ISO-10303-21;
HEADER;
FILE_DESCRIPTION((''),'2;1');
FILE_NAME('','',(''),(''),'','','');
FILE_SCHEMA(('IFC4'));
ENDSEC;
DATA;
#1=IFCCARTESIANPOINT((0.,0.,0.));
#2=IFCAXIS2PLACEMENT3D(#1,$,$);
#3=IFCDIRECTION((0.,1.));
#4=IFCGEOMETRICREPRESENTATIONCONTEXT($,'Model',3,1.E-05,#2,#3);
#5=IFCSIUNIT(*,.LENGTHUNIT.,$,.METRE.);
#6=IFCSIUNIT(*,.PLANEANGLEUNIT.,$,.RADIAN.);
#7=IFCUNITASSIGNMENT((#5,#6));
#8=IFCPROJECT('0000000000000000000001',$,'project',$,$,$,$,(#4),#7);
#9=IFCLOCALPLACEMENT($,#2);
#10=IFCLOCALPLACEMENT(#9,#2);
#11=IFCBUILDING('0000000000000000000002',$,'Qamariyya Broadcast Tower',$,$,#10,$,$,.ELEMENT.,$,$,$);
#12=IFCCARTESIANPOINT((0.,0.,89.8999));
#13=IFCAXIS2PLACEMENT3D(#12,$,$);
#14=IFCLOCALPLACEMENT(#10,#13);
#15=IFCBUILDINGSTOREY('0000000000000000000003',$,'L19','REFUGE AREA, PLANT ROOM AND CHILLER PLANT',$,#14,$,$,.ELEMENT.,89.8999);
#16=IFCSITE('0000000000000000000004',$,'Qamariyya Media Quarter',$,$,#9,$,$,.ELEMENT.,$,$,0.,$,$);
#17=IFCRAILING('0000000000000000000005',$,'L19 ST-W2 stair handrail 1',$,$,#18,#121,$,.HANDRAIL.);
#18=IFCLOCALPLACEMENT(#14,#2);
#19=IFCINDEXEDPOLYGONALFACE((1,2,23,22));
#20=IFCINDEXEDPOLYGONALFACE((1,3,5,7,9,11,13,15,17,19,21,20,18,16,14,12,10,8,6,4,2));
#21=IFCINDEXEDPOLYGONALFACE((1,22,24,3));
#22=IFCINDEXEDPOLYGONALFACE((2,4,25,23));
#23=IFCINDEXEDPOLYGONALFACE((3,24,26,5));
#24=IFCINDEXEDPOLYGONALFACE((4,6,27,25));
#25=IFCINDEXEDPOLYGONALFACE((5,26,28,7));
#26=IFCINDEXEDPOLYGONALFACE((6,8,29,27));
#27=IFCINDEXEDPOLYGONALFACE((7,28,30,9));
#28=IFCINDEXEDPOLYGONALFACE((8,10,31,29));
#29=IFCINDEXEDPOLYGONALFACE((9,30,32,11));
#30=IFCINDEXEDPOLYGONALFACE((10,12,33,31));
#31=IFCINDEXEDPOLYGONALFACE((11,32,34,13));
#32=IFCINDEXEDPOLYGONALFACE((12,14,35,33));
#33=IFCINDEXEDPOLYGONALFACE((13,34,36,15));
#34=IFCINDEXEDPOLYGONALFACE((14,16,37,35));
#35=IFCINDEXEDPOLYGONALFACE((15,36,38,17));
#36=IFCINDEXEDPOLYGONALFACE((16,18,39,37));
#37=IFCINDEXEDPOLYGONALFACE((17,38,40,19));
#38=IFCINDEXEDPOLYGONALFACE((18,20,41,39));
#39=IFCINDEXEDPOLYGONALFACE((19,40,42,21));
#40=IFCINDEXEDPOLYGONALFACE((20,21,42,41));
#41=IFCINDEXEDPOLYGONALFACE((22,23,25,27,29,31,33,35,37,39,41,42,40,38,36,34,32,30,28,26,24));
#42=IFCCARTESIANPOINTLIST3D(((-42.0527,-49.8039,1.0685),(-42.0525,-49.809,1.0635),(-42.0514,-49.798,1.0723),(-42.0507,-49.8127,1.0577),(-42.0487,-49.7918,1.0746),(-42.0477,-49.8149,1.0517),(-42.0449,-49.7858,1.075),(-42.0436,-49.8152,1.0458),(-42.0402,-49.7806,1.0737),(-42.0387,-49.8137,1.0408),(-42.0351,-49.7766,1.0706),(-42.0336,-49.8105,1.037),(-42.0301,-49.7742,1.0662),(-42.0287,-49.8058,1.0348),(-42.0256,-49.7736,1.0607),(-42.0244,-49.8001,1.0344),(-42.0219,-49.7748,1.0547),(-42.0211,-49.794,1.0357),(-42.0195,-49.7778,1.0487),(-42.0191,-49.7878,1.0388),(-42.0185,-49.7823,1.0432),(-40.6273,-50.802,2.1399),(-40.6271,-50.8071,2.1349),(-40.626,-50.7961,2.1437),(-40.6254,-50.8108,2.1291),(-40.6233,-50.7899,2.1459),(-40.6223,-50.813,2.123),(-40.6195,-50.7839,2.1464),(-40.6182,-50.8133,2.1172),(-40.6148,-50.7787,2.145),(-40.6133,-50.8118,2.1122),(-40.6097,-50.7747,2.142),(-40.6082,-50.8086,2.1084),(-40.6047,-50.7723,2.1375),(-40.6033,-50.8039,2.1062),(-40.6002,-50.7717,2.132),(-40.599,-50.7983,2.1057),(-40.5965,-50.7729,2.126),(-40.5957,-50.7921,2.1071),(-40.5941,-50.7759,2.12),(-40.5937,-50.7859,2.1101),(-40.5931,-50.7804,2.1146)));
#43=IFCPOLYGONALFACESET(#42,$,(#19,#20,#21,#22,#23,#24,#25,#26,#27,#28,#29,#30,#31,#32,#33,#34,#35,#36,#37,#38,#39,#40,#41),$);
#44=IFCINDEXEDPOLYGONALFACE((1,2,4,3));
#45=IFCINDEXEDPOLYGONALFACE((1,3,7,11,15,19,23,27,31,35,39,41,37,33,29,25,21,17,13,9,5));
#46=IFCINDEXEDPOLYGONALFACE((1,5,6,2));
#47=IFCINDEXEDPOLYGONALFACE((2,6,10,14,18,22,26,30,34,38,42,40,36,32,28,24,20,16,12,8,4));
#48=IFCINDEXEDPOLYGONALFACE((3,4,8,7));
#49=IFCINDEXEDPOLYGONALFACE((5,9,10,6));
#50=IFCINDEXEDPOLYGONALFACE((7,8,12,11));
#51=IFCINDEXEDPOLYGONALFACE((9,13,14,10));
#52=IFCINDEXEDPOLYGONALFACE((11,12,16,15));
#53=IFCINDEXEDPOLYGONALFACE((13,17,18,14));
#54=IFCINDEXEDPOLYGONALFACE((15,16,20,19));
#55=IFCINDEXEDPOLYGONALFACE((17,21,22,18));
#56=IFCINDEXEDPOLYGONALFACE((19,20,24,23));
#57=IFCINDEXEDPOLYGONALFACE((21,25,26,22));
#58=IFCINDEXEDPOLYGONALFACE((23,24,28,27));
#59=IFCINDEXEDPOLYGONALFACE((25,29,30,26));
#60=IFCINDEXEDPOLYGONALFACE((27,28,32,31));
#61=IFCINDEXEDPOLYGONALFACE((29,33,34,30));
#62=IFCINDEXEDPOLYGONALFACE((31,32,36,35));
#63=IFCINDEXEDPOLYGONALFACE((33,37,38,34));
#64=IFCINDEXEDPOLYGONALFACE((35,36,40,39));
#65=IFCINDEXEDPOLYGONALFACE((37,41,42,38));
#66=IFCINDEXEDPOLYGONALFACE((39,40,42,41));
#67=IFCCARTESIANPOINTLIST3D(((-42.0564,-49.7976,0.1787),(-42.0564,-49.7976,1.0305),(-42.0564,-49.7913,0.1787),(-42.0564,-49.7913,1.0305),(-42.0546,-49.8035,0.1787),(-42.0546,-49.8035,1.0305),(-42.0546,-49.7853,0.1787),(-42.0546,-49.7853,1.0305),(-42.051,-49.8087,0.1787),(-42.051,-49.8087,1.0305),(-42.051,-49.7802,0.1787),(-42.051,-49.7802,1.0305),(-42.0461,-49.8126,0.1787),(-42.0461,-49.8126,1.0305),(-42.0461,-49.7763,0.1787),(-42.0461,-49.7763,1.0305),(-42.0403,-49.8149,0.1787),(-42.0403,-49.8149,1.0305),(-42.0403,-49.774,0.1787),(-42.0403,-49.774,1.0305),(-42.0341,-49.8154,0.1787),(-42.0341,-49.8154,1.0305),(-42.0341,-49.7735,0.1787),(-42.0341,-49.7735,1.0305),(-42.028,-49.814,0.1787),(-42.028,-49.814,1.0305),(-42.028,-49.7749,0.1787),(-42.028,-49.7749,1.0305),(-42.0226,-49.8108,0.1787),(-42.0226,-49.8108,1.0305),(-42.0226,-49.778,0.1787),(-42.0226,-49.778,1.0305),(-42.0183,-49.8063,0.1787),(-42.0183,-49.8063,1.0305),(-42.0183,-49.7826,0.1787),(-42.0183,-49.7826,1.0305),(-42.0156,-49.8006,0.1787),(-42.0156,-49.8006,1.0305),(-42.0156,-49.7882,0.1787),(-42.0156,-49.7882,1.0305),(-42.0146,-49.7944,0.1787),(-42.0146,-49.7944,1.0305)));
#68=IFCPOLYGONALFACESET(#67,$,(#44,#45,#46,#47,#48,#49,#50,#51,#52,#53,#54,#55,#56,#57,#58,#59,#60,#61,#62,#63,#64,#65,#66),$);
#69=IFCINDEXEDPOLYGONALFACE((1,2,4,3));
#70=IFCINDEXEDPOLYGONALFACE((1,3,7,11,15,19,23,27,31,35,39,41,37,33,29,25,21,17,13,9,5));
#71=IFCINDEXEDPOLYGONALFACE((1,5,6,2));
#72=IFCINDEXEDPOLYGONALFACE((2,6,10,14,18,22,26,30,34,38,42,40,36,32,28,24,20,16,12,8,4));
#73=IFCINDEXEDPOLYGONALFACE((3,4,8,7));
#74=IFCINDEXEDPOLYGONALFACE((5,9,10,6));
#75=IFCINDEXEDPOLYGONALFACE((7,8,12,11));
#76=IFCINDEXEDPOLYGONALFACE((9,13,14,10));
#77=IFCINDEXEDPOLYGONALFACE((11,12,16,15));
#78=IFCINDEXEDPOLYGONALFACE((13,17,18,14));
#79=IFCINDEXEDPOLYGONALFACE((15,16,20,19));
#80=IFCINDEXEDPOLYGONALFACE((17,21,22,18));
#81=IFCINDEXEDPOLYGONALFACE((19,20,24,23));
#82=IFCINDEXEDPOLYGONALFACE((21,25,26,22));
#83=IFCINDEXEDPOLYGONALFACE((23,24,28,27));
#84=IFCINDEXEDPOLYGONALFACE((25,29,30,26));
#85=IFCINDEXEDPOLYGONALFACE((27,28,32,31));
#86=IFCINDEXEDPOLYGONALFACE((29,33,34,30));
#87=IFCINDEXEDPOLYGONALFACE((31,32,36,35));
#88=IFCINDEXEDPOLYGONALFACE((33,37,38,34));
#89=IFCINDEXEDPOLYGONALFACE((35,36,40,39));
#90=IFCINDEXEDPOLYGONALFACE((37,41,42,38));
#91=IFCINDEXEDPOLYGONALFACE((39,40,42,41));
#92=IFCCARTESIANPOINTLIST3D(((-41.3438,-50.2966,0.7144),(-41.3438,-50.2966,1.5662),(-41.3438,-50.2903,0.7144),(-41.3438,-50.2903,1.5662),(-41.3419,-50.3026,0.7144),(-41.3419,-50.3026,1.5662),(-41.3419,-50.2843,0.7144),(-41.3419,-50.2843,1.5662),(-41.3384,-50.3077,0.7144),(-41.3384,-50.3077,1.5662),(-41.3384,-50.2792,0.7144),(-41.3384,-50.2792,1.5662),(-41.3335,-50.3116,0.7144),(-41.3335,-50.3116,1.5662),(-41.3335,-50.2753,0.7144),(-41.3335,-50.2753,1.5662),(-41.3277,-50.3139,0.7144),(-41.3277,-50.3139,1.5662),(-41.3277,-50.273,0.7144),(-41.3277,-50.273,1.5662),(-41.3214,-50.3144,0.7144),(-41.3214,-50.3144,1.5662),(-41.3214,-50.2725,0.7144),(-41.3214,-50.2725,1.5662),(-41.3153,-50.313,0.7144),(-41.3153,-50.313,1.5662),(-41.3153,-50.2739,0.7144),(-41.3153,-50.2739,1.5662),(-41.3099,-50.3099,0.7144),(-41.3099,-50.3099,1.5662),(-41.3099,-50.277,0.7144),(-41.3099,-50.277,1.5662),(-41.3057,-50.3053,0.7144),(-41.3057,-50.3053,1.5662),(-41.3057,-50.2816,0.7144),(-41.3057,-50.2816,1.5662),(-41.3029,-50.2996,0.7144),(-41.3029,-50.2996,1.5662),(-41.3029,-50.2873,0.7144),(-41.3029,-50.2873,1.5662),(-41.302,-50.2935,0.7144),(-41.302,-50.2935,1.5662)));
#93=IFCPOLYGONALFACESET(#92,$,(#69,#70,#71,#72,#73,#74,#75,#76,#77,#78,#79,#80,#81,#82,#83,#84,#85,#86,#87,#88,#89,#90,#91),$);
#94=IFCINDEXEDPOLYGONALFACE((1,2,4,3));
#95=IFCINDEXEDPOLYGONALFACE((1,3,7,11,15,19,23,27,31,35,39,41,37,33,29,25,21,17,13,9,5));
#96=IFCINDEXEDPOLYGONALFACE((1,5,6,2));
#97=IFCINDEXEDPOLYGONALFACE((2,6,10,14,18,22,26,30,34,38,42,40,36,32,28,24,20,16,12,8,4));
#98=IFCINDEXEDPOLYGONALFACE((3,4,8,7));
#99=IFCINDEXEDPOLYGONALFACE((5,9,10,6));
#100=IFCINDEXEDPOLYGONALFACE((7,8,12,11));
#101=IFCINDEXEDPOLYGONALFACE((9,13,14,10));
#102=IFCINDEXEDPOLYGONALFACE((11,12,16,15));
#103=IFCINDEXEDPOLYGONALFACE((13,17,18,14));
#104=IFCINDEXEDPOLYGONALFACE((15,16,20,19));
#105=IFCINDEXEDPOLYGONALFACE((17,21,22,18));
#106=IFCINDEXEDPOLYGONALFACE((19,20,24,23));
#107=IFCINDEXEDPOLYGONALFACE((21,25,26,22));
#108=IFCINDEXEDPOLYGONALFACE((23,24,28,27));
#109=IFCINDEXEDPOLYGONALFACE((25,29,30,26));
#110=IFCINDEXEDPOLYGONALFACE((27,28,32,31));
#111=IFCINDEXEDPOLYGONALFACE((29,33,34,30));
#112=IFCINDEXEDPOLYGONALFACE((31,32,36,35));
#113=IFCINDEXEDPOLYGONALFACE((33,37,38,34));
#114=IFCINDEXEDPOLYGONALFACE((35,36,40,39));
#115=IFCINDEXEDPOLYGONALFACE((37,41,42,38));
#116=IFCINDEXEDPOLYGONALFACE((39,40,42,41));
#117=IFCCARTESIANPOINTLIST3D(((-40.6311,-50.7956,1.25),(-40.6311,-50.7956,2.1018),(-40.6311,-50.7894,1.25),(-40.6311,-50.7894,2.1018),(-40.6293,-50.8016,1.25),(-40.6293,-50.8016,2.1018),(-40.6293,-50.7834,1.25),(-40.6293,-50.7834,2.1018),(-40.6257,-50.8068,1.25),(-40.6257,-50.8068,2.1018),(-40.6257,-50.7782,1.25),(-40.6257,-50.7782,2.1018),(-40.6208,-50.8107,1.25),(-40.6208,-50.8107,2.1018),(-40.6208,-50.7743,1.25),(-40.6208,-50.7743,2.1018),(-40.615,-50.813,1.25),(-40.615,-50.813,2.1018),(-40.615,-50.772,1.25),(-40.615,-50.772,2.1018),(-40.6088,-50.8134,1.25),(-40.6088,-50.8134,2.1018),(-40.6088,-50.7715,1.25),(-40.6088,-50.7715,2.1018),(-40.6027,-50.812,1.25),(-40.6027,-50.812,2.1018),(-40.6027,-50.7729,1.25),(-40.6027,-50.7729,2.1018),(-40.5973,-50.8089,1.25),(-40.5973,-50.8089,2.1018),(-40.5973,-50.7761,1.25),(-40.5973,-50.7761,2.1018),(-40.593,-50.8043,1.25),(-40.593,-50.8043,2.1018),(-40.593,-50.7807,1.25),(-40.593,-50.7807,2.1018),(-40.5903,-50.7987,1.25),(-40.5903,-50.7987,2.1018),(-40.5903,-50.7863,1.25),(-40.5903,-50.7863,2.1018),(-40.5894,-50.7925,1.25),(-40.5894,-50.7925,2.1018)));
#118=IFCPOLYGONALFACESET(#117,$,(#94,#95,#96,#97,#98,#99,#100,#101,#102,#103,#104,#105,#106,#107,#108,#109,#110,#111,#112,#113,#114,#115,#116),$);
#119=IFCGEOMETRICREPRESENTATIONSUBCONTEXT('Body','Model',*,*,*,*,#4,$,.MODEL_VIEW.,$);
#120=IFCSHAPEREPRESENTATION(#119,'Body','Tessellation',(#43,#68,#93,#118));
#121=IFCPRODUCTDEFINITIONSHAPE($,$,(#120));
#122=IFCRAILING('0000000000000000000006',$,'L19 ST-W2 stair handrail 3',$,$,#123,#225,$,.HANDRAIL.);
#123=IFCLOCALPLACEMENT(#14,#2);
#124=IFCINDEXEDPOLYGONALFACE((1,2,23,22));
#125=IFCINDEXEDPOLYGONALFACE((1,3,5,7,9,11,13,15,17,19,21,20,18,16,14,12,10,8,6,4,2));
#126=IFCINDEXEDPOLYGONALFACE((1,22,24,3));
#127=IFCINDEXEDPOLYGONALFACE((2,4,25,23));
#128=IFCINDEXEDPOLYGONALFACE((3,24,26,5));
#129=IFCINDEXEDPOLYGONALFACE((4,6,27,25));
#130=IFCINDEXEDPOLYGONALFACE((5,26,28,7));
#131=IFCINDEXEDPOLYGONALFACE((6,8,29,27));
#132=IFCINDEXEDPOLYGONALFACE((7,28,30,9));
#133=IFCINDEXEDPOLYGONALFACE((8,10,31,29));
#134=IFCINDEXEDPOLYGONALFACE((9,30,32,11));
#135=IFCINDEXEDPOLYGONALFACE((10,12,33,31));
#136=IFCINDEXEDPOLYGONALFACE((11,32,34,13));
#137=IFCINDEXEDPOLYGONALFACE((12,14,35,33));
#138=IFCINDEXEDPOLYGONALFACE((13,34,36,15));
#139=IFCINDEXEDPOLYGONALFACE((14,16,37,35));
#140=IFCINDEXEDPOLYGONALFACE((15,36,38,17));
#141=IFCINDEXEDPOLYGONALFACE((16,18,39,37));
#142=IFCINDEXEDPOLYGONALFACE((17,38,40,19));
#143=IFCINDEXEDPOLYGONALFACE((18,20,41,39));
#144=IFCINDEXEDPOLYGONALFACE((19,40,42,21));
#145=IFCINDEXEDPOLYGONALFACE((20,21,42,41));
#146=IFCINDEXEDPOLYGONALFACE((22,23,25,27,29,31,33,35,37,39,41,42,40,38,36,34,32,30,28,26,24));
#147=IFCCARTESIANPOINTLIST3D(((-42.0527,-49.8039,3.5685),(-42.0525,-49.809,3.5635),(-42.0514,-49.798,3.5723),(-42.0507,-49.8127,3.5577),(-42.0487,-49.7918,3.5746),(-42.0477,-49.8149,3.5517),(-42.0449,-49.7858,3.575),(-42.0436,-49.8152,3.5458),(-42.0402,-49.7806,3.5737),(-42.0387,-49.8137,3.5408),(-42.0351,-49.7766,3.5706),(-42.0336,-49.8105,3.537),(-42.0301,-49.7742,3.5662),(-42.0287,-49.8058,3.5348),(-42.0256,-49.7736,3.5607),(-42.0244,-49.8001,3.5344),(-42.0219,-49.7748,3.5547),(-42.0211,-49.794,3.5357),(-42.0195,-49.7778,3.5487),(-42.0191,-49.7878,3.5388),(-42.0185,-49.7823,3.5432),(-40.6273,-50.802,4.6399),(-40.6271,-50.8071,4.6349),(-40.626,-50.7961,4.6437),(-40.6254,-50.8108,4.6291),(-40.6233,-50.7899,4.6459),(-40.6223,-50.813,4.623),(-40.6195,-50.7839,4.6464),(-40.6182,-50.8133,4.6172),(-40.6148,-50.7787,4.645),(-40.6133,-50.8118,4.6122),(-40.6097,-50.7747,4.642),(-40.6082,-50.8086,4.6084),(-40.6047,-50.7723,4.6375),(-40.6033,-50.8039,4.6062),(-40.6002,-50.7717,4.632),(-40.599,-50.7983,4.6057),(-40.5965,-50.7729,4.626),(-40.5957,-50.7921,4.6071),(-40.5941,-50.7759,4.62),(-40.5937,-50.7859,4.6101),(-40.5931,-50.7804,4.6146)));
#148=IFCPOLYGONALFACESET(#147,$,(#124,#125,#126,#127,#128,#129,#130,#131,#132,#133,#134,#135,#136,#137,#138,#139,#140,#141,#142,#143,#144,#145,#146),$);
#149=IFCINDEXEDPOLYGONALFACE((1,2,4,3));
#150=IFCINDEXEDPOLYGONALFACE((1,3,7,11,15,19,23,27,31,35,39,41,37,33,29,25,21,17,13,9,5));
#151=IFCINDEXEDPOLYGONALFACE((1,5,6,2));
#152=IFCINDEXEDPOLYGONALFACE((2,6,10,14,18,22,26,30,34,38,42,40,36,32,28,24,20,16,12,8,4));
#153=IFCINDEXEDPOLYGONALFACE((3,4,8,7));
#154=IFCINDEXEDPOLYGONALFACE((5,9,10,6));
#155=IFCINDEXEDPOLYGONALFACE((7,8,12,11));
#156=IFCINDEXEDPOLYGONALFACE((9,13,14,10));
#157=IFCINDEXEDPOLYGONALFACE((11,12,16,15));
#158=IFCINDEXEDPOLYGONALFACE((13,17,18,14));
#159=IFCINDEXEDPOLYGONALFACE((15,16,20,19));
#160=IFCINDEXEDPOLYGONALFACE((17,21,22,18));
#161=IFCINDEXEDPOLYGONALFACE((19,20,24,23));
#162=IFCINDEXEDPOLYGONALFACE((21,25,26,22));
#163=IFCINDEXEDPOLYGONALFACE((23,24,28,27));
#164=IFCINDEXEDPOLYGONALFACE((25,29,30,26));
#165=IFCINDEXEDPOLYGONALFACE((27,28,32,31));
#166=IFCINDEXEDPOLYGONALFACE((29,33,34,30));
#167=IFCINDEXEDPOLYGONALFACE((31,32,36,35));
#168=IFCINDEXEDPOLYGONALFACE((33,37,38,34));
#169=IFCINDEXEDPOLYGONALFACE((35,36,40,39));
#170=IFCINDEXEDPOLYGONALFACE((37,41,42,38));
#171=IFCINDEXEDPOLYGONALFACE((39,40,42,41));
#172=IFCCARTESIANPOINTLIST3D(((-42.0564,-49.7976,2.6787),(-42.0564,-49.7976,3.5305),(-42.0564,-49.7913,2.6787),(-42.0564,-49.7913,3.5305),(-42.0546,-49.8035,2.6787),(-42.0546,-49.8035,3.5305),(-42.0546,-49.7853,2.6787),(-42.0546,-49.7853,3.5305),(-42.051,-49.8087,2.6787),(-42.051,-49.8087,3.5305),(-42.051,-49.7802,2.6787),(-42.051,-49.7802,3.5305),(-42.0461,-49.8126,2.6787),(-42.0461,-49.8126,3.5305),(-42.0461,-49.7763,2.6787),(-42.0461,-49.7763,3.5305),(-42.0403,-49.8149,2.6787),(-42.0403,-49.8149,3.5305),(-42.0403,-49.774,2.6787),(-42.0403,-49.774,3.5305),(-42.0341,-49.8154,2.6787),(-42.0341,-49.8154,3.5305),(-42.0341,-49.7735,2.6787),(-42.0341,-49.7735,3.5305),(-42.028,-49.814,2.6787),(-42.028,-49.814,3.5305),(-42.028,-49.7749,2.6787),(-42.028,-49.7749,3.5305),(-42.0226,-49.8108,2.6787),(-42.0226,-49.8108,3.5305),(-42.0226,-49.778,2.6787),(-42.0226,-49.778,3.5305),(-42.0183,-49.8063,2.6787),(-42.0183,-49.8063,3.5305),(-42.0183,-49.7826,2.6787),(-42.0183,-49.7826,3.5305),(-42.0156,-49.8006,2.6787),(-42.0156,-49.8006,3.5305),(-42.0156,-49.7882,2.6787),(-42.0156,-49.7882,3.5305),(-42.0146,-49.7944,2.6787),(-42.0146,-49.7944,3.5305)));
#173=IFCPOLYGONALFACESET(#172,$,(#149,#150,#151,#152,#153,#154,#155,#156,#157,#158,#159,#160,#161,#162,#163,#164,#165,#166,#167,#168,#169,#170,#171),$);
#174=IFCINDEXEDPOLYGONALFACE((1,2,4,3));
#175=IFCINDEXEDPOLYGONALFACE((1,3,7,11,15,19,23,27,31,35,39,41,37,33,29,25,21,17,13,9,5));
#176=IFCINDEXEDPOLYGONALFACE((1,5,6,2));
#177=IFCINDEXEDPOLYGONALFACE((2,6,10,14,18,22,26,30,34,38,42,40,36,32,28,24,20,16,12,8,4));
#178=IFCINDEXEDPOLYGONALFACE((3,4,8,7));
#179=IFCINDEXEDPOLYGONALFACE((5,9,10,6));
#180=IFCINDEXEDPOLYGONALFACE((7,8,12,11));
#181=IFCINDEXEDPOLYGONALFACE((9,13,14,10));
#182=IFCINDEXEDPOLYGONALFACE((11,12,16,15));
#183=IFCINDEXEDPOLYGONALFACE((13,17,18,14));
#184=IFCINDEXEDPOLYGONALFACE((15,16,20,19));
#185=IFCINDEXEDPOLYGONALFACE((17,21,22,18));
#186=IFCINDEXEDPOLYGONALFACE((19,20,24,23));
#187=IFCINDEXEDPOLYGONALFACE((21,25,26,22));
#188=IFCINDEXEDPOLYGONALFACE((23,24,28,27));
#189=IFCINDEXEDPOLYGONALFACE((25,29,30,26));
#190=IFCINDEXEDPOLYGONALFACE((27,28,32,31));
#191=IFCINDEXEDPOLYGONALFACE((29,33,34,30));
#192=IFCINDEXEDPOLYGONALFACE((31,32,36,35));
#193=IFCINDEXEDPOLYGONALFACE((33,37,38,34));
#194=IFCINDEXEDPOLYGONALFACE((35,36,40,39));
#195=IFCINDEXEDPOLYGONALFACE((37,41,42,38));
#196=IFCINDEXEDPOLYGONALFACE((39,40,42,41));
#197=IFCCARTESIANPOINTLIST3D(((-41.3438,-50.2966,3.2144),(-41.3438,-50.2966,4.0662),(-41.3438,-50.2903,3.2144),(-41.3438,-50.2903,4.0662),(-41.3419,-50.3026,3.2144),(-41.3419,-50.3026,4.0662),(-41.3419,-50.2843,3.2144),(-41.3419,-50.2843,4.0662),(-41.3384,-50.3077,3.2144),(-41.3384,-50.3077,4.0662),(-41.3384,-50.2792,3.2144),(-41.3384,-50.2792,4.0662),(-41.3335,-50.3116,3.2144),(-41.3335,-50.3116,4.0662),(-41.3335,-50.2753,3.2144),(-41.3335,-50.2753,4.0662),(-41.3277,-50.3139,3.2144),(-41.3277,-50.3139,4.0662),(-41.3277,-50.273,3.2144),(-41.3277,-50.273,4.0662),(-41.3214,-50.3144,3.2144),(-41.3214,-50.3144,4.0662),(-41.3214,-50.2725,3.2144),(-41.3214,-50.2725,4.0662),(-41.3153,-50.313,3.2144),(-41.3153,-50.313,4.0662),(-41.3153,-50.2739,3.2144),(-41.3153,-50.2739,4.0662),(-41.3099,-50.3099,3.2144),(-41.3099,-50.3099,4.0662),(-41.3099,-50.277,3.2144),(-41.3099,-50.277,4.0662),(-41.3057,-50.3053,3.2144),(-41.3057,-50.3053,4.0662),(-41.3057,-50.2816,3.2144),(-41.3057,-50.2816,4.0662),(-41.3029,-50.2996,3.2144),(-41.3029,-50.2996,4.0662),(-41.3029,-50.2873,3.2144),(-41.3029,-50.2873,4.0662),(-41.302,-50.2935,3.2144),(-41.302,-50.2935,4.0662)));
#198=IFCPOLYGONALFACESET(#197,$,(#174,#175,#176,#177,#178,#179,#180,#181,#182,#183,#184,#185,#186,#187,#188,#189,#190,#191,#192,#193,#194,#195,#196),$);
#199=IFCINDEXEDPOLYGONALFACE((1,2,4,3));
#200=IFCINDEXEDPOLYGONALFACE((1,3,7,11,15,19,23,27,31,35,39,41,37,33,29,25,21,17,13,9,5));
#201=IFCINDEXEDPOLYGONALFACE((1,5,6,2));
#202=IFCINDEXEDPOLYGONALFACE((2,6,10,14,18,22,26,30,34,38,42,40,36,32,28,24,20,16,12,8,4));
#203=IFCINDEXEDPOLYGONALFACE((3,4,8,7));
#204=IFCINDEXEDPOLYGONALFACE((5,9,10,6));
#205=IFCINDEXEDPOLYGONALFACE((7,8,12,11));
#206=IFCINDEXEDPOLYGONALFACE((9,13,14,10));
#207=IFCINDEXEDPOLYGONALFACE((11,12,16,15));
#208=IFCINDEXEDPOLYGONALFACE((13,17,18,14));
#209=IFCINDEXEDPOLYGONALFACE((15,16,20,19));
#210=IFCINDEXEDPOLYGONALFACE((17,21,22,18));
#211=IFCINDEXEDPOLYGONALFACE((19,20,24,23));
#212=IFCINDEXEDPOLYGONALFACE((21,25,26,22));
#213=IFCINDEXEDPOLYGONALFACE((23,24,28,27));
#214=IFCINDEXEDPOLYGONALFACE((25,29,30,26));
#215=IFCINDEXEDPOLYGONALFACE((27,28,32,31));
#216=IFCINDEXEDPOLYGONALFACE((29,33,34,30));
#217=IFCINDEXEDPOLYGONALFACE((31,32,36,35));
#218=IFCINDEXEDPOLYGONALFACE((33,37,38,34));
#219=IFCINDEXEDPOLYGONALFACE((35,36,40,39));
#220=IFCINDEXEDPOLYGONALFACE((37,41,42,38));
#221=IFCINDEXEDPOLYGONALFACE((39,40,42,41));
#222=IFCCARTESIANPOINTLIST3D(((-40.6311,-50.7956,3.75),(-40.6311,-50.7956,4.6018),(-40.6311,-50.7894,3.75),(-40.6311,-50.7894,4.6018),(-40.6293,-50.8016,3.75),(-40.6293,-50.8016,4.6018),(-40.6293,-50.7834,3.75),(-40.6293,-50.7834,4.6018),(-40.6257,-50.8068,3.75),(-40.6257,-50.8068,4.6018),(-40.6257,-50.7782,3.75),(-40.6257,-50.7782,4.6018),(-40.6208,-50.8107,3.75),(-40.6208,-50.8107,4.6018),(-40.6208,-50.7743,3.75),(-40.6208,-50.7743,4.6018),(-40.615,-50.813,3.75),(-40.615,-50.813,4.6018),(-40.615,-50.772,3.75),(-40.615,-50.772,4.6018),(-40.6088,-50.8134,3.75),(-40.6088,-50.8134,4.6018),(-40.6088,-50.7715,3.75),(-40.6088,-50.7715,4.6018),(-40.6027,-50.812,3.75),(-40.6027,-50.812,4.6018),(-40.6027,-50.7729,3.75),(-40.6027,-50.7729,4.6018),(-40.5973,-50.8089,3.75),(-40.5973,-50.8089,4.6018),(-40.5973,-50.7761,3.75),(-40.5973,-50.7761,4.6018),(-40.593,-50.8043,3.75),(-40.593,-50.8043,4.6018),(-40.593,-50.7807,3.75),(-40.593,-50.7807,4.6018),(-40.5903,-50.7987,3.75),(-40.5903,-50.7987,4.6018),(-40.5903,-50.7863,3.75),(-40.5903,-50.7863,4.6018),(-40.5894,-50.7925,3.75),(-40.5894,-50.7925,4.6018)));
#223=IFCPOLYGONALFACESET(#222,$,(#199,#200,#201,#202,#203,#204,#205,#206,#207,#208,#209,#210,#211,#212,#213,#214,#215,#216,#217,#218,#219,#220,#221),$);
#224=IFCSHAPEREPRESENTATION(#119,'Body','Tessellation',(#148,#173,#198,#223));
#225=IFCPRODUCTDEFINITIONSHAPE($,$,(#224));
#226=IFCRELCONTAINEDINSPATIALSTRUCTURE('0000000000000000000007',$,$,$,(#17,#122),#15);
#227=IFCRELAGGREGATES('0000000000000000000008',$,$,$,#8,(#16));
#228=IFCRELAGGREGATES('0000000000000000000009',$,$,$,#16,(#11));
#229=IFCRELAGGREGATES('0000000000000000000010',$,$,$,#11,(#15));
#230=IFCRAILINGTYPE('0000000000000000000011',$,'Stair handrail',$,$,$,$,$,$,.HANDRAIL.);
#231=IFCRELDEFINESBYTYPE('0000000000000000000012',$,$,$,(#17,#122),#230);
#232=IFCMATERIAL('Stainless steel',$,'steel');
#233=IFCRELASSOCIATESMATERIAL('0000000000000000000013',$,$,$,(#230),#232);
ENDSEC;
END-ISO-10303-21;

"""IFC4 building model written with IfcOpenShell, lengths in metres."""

from ifc_helpers import new_model, si_unit, direction, frame, origin, origin_2d, place, context, subcontext, project, spatial, circle, extrude, material, type_object, element, save


model = new_model("IFC4")

# Units and contexts
model_context = context("Model", 3, precision=1e-05, world=origin(), true_north=direction((0.0, 1.0)))
body_context = subcontext(model_context, "Body", "Model", "MODEL_VIEW")
ifc_project = project(units=[si_unit("LENGTHUNIT", "METRE"), si_unit("PLANEANGLEUNIT", "RADIAN")], contexts=[model_context])

# Site, building, storey
site_placement = place(None, origin())
site = spatial("IfcSite", under=ifc_project, at=site_placement, Name="Qamariyya Media Quarter", CompositionType="ELEMENT", RefElevation=0.0)
building_placement = place(site_placement, origin())
building = spatial("IfcBuilding", under=site, at=building_placement, Name="Qamariyya Broadcast Tower", CompositionType="ELEMENT")
storey_placement = place(building_placement, frame((0.0, 0.0, 89.8999)))
storey = spatial("IfcBuildingStorey", under=building, at=storey_placement, Name="L19", Description="REFUGE AREA, PLANT ROOM AND CHILLER PLANT", CompositionType="ELEMENT", Elevation=89.8999)

# Railings
ifc_material_1 = material(Name="Stainless steel", Category="steel")
railing_type_1 = type_object("IfcRailingType", Name="Stair handrail", PredefinedType="HANDRAIL", material=ifc_material_1)
for number, where, name in (
    (1, (-42.0356, -49.7944, 0.1787), "L19 ST-W2 stair handrail 1"),
    (2, (-42.0356, -49.7944, 2.6787), "L19 ST-W2 stair handrail 3"),
):
    element("IfcRailing", number, at=place(storey_placement, frame(where)), inside=storey, type_object=railing_type_1, Name=name, PredefinedType="HANDRAIL", context=body_context, shape_type="SweptSolid", body=[
        extrude(circle(Radius=0.0239, at=origin_2d()), frame((0.0, 0.0, 0.876), z_axis=(0.697533, -0.48844, 0.524285), x_axis=(0.573594, 0.81914, 0.0)), (0.0, 0.0, 1.0), 2.0435),
        extrude(circle(Radius=0.021, at=origin_2d()), origin(), (0.0, 0.0, 1.0), 0.8518),
        extrude(circle(Radius=0.021, at=origin_2d()), frame((0.7126, -0.499, 0.5356)), (0.0, 0.0, 1.0), 0.8518),
        extrude(circle(Radius=0.021, at=origin_2d()), frame((1.4253, -0.998, 1.0713)), (0.0, 0.0, 1.0), 0.8518),
    ])

save(model, "model.ifc")
